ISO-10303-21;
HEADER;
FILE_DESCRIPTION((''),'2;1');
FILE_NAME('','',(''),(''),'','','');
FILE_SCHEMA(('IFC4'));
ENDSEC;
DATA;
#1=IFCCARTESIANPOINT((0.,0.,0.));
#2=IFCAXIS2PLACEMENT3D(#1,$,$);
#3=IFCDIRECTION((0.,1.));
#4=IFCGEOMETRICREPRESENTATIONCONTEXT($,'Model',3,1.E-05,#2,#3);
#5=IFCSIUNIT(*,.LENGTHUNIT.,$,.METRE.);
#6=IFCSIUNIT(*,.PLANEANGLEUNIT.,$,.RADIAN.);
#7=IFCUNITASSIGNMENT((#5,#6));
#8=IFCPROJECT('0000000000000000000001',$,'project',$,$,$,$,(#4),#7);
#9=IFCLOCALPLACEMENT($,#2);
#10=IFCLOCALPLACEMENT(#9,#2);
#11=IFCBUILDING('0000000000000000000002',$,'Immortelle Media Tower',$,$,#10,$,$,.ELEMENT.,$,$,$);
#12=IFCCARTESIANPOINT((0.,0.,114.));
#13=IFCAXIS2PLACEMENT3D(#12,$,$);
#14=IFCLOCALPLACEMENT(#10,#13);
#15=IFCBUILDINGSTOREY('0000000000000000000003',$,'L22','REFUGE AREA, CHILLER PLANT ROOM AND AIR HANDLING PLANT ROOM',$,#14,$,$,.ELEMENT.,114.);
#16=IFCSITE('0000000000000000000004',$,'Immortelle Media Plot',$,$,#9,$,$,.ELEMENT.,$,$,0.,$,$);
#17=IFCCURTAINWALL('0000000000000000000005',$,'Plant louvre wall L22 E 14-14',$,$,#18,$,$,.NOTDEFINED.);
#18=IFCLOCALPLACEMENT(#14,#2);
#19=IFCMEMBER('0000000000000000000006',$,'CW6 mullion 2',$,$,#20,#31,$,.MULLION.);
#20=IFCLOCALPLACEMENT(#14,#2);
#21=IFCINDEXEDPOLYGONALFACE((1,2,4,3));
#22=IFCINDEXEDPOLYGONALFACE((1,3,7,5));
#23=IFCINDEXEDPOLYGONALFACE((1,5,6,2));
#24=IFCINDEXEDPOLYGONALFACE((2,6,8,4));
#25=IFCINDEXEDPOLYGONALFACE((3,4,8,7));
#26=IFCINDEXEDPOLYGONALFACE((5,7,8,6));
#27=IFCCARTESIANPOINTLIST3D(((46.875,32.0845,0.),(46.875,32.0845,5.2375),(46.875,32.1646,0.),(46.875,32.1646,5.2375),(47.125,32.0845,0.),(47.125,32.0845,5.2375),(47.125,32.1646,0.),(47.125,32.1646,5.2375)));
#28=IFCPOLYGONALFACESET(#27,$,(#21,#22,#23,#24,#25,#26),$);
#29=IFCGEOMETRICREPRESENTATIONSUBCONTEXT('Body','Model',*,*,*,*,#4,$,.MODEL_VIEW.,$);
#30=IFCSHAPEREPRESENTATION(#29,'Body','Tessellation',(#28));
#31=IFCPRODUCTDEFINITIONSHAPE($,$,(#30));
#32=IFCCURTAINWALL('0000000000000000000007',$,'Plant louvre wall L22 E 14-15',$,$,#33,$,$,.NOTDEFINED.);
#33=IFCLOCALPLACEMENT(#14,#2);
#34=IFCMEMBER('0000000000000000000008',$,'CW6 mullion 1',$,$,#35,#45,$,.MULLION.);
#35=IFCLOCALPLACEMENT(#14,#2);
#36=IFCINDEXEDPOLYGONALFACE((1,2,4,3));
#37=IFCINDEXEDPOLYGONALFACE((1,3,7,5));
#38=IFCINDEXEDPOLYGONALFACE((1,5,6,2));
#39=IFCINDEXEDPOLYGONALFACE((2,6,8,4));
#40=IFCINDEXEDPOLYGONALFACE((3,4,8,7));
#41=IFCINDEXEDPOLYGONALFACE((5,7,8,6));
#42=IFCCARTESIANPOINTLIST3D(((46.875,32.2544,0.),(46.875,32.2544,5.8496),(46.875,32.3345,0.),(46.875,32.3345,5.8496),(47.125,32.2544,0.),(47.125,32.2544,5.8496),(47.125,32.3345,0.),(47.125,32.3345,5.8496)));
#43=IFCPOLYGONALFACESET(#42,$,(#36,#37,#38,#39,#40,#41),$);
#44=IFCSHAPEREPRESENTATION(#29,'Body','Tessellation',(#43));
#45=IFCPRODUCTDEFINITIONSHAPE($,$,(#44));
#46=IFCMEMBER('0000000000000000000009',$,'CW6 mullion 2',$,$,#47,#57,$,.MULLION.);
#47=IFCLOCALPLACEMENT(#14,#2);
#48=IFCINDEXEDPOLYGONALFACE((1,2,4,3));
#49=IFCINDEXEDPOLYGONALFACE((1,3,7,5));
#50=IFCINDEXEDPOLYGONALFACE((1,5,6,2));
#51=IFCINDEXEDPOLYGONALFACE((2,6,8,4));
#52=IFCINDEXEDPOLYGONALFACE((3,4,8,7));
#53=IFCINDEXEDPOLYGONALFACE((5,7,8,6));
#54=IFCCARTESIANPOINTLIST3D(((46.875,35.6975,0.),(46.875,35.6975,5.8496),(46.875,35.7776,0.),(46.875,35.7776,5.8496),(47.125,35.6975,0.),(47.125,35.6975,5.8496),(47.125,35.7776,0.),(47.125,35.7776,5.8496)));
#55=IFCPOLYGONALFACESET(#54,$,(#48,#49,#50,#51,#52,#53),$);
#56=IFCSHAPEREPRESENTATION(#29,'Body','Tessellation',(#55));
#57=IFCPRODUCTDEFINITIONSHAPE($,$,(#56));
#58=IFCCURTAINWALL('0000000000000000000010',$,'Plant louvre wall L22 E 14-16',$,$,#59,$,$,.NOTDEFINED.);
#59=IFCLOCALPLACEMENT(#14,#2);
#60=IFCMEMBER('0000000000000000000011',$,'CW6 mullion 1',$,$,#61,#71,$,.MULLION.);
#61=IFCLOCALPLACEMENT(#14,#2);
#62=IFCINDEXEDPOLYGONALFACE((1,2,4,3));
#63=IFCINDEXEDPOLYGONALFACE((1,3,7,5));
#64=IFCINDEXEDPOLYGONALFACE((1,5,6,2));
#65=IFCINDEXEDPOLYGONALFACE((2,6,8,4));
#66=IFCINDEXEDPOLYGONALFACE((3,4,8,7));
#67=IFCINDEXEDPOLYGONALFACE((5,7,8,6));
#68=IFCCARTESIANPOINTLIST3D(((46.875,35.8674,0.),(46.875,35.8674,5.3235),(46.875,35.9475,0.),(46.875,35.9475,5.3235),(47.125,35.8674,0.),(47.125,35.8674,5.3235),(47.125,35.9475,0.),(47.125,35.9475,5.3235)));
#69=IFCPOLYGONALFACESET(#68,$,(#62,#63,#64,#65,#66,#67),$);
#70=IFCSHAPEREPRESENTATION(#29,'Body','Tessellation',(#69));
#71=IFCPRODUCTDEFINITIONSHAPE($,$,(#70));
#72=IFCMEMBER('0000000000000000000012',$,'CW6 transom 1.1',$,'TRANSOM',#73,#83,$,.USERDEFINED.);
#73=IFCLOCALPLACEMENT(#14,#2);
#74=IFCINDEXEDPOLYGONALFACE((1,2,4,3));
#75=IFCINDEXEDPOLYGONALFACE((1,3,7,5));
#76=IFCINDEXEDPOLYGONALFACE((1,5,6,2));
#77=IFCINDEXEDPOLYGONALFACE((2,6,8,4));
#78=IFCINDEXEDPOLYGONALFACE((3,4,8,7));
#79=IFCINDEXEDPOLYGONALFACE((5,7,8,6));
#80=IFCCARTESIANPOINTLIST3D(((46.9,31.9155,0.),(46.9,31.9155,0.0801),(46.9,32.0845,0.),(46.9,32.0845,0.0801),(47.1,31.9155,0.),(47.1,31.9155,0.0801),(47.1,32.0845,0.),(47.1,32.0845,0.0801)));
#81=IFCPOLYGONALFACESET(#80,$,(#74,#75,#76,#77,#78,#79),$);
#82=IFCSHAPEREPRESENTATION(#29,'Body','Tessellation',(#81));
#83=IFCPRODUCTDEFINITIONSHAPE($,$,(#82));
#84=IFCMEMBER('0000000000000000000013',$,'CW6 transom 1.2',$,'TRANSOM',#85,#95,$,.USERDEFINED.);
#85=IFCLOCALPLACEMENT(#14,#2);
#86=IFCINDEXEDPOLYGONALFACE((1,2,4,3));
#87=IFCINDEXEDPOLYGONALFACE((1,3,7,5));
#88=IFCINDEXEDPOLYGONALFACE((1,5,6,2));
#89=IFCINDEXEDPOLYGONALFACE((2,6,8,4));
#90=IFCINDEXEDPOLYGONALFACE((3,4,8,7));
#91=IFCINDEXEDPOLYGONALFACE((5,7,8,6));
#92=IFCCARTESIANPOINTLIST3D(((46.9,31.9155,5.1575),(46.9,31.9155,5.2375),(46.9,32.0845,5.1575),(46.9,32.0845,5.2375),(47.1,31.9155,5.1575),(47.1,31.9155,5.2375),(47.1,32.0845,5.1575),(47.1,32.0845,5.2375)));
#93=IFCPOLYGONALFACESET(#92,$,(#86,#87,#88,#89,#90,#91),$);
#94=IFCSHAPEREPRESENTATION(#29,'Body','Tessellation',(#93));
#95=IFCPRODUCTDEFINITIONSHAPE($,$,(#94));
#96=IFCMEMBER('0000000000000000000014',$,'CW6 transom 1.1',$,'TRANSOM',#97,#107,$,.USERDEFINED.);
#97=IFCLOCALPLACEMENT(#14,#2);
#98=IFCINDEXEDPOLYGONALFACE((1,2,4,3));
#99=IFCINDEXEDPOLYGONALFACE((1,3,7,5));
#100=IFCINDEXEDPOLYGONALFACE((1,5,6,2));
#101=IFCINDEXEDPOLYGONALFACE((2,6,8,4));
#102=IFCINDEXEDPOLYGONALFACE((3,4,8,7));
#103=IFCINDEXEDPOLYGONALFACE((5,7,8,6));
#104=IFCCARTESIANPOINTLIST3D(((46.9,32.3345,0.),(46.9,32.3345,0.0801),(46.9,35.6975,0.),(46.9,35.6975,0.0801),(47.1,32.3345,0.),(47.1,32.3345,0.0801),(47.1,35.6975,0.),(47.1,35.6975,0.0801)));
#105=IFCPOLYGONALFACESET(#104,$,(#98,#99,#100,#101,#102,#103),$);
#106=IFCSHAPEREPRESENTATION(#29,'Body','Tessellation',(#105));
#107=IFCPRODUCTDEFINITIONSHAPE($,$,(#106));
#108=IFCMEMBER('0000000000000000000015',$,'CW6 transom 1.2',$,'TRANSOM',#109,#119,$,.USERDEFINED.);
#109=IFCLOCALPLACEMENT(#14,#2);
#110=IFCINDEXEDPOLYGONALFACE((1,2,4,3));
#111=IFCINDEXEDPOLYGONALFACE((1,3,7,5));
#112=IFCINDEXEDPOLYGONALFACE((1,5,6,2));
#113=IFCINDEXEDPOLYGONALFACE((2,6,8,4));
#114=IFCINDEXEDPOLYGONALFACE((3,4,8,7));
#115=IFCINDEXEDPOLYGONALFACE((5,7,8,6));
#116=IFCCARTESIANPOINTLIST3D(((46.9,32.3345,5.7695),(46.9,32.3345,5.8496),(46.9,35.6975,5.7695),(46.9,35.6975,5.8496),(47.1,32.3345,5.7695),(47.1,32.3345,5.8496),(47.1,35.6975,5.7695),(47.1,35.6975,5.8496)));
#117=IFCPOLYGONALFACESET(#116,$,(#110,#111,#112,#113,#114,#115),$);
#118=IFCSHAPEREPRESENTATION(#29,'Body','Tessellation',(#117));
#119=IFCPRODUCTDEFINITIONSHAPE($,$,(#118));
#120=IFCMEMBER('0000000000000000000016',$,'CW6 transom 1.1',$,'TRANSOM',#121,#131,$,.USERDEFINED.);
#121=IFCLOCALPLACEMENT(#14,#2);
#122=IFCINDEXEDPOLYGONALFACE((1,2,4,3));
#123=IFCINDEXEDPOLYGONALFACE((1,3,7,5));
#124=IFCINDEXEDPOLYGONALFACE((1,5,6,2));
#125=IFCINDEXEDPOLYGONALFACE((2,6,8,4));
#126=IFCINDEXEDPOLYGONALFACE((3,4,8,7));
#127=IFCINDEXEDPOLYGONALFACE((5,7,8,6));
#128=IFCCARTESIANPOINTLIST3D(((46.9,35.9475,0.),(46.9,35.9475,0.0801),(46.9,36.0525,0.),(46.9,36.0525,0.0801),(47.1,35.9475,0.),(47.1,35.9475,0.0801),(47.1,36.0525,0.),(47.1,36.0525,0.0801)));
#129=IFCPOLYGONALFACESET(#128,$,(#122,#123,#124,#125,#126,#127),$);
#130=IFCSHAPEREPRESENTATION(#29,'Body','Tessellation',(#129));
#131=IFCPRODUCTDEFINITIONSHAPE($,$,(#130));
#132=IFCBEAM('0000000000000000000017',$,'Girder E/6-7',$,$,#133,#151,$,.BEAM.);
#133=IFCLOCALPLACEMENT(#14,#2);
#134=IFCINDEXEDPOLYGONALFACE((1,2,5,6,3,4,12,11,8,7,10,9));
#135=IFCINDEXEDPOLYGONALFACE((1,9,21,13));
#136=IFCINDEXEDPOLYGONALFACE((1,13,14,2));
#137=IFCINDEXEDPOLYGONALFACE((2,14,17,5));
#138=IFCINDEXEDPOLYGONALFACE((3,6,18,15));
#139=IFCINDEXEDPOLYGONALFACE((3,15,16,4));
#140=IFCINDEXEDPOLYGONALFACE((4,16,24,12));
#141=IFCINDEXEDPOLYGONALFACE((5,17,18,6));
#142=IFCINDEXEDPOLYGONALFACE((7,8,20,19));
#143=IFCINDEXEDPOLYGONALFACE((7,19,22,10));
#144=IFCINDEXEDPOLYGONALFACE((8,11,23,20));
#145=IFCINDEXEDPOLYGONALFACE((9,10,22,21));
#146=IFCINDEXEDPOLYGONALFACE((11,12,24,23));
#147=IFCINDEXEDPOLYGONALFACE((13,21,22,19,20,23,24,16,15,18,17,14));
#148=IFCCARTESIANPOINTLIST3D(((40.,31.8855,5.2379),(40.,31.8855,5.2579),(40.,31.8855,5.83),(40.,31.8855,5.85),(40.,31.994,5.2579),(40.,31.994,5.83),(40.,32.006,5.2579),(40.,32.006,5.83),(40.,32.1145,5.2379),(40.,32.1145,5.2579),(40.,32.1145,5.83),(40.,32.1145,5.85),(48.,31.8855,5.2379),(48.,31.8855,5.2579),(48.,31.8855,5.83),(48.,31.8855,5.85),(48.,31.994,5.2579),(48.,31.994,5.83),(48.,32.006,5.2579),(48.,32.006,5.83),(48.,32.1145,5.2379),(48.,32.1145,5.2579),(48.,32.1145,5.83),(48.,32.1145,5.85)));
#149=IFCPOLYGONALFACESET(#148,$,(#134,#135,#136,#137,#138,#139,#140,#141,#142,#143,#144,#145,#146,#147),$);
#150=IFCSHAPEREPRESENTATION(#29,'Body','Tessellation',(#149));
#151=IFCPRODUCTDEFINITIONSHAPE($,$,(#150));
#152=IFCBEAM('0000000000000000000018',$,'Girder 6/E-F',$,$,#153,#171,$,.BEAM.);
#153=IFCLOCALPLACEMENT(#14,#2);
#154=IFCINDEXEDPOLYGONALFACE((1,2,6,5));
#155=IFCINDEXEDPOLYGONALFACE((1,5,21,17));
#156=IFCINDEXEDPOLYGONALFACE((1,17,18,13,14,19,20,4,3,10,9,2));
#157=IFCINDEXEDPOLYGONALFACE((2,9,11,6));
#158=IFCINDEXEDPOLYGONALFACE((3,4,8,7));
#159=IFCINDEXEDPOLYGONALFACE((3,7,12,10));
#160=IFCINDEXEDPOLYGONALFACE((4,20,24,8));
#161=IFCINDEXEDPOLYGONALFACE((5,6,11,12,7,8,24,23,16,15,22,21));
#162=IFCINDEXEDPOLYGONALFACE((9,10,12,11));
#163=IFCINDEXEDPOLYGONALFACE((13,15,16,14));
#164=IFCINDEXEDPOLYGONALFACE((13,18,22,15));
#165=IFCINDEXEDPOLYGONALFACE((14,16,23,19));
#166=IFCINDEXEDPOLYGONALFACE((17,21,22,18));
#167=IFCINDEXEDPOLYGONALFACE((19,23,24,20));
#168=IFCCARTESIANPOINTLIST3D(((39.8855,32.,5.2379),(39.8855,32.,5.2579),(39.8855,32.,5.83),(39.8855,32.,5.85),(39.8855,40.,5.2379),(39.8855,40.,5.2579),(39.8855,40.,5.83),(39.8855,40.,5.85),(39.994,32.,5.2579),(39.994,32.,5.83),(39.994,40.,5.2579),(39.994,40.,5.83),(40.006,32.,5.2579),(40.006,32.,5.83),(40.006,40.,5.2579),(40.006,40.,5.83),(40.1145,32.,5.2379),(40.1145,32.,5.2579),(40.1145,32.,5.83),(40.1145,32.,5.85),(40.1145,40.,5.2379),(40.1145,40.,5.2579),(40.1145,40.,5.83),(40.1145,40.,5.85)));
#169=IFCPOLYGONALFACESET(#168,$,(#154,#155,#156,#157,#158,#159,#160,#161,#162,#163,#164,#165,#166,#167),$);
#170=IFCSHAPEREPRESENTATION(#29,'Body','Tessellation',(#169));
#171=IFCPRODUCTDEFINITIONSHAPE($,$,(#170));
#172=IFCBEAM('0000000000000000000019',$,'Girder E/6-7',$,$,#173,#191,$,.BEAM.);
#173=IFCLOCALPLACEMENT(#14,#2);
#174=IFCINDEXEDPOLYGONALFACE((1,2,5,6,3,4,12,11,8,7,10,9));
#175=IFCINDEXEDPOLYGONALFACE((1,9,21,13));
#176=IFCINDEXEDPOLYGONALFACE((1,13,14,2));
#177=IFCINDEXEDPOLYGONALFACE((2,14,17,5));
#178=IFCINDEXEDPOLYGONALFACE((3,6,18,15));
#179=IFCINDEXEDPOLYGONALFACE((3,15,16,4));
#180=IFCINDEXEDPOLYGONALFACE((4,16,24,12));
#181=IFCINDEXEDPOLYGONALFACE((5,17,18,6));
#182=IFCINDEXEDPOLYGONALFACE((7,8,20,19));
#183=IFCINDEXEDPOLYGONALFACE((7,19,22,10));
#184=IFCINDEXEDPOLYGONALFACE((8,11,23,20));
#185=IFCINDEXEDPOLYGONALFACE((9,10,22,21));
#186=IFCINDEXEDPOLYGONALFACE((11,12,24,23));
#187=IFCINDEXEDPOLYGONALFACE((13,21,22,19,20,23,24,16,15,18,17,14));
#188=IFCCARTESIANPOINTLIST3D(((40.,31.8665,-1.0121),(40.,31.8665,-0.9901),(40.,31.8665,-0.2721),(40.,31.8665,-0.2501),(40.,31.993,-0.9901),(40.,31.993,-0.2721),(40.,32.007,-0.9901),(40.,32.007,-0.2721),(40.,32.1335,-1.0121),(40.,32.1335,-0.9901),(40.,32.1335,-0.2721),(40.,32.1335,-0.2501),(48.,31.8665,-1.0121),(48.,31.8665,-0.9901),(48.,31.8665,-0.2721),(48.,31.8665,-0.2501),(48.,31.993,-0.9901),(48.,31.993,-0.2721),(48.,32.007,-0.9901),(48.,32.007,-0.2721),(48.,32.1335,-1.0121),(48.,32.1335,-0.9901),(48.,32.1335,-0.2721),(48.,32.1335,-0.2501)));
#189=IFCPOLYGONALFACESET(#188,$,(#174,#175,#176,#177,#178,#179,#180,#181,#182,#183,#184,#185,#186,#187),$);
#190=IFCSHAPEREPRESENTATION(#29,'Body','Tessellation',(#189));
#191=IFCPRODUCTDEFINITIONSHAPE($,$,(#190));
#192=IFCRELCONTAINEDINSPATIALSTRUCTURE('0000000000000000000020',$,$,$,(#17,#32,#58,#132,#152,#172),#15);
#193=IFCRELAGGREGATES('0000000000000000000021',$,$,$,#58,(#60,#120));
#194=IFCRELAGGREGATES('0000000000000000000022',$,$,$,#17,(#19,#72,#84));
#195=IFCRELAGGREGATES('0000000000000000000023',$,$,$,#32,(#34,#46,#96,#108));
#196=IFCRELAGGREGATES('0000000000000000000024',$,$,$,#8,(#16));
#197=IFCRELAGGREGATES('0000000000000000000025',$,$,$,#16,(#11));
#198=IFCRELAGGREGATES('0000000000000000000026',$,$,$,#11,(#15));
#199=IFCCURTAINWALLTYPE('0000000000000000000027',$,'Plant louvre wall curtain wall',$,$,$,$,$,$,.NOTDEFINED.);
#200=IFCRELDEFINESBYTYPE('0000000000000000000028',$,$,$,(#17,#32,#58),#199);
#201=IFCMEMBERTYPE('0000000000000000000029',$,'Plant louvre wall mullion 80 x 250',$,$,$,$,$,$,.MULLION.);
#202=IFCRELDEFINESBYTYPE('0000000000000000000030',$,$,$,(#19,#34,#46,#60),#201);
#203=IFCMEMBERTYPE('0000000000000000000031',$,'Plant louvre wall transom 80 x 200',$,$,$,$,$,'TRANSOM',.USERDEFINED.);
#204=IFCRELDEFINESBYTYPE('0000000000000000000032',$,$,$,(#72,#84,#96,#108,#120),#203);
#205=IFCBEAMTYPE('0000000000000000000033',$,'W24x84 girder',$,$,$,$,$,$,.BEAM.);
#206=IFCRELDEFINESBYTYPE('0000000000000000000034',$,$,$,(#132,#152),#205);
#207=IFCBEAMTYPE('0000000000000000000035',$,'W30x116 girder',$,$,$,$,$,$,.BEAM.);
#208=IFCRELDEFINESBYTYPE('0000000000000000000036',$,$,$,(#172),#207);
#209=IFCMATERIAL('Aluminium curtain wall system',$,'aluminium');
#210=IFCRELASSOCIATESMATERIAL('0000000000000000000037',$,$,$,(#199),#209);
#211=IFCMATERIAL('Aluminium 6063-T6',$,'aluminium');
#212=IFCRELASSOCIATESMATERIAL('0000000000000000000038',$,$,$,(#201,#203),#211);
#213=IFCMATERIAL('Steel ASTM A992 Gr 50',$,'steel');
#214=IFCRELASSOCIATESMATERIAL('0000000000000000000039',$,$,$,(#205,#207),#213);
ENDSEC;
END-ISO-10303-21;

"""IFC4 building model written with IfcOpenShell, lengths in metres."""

from ifc_helpers import new_model, si_unit, direction, frame, origin, origin_2d, place, context, subcontext, project, spatial, rectangle, i_section, extrude, material, material_profile, profile_set, type_object, element, aggregate, save


model = new_model("IFC4")

# Units and contexts
model_context = context("Model", 3, precision=1e-05, world=origin(), true_north=direction((0.0, 1.0)))
body_context = subcontext(model_context, "Body", "Model", "MODEL_VIEW")
ifc_project = project(units=[si_unit("LENGTHUNIT", "METRE"), si_unit("PLANEANGLEUNIT", "RADIAN")], contexts=[model_context])

# Site, building, storey
site_placement = place(None, origin())
site = spatial("IfcSite", under=ifc_project, at=site_placement, Name="Immortelle Media Plot", CompositionType="ELEMENT", RefElevation=0.0)
building_placement = place(site_placement, origin())
building = spatial("IfcBuilding", under=site, at=building_placement, Name="Immortelle Media Tower", CompositionType="ELEMENT")
storey_placement = place(building_placement, frame((0.0, 0.0, 114.0)))
storey = spatial("IfcBuildingStorey", under=building, at=storey_placement, Name="L22", Description="REFUGE AREA, CHILLER PLANT ROOM AND AIR HANDLING PLANT ROOM", CompositionType="ELEMENT", Elevation=114.0)

# Shared definitions
ifc_material_1 = material(Name="Steel ASTM A992 Gr 50", Category="steel")

# Shared definitions
ifc_material_2 = material(Name="Aluminium curtain wall system", Category="aluminium")
curtain_wall_type = type_object("IfcCurtainWallType", Name="Plant louvre wall curtain wall", PredefinedType="NOTDEFINED", material=ifc_material_2)
ifc_material_3 = material(Name="Aluminium 6063-T6", Category="aluminium")
ifc_material_profile_1 = material_profile(ifc_material_3, rectangle(XDim=0.25, YDim=0.0801, at=origin_2d()), Name="AL 80x250")
ifc_profile_set_1 = profile_set([ifc_material_profile_1], Name="Aluminium 6063-T6")
member_type_1 = type_object("IfcMemberType", Name="Plant louvre wall mullion 80 x 250", PredefinedType="MULLION", material=ifc_profile_set_1)

# Curtain walls, members
curtain_wall_1_placement = place(storey_placement, origin())
curtain_wall_1 = element("IfcCurtainWall", 1, at=curtain_wall_1_placement, inside=storey, type_object=curtain_wall_type, Name="Plant louvre wall L22 E 14-14", PredefinedType="NOTDEFINED")
member_1_placement = place(storey_placement, frame((47.0, 32.1245, 0.0), z_axis=(0.0, 0.0, 1.0), x_axis=(-1.0, 0.0, 0.0)))
member_1 = element("IfcMember", 2, at=member_1_placement, type_object=member_type_1, Name="CW6 mullion 2", PredefinedType="MULLION", context=body_context, shape_type="SweptSolid", body=[
    extrude(rectangle(XDim=0.25, YDim=0.0801, at=origin_2d()), origin(), (0.0, 0.0, 1.0), 5.2375),
])
curtain_wall_2_placement = place(storey_placement, origin())
curtain_wall_2 = element("IfcCurtainWall", 3, at=curtain_wall_2_placement, inside=storey, type_object=curtain_wall_type, Name="Plant louvre wall L22 E 14-15", PredefinedType="NOTDEFINED")
member_2_placement = place(storey_placement, frame((47.0, 32.2944, 0.0), z_axis=(0.0, 0.0, 1.0), x_axis=(-1.0, 0.0, 0.0)))
member_2 = element("IfcMember", 4, at=member_2_placement, type_object=member_type_1, Name="CW6 mullion 1", PredefinedType="MULLION", context=body_context, shape_type="SweptSolid", body=[
    extrude(rectangle(XDim=0.25, YDim=0.0801, at=origin_2d()), origin(), (0.0, 0.0, 1.0), 5.8496),
])
member_3_placement = place(storey_placement, frame((47.0, 35.7375, 0.0), z_axis=(0.0, 0.0, 1.0), x_axis=(-1.0, 0.0, 0.0)))
member_3 = element("IfcMember", 5, at=member_3_placement, type_object=member_type_1, Name="CW6 mullion 2", PredefinedType="MULLION", context=body_context, shape_type="SweptSolid", body=[
    extrude(rectangle(XDim=0.25, YDim=0.0801, at=origin_2d()), origin(), (0.0, 0.0, 1.0), 5.8496),
])

# Curtain wall, member
curtain_wall_3_placement = place(storey_placement, origin())
curtain_wall_3 = element("IfcCurtainWall", 6, at=curtain_wall_3_placement, inside=storey, type_object=curtain_wall_type, Name="Plant louvre wall L22 E 14-16", PredefinedType="NOTDEFINED")
member_4_placement = place(storey_placement, frame((47.0, 35.9075, 0.0), z_axis=(0.0, 0.0, 1.0), x_axis=(-1.0, 0.0, 0.0)))
member_4 = element("IfcMember", 7, at=member_4_placement, type_object=member_type_1, Name="CW6 mullion 1", PredefinedType="MULLION", context=body_context, shape_type="SweptSolid", body=[
    extrude(rectangle(XDim=0.25, YDim=0.0801, at=origin_2d()), origin(), (0.0, 0.0, 1.0), 5.3235),
])

# Members
ifc_material_profile_2 = material_profile(ifc_material_3, rectangle(XDim=0.2, YDim=0.0801, at=origin_2d()), Name="AL 80x200")
ifc_profile_set_2 = profile_set([ifc_material_profile_2], Name="Aluminium 6063-T6")
member_type_2 = type_object("IfcMemberType", Name="Plant louvre wall transom 80 x 200", ElementType="TRANSOM", PredefinedType="USERDEFINED", material=ifc_profile_set_2)
member_5_placement = place(storey_placement, frame((47.0, 31.9155, 0.04), z_axis=(0.0, 1.0, 0.0), x_axis=(-1.0, 0.0, 0.0)))
member_5 = element("IfcMember", 8, at=member_5_placement, type_object=member_type_2, Name="CW6 transom 1.1", ObjectType="TRANSOM", PredefinedType="USERDEFINED", context=body_context, shape_type="SweptSolid", body=[
    extrude(rectangle(XDim=0.2, YDim=0.0801, at=origin_2d()), origin(), (0.0, 0.0, 1.0), 0.1689),
])
member_6_placement = place(storey_placement, frame((47.0, 31.9155, 5.1975), z_axis=(0.0, 1.0, 0.0), x_axis=(-1.0, 0.0, 0.0)))
member_6 = element("IfcMember", 9, at=member_6_placement, type_object=member_type_2, Name="CW6 transom 1.2", ObjectType="TRANSOM", PredefinedType="USERDEFINED", context=body_context, shape_type="SweptSolid", body=[
    extrude(rectangle(XDim=0.2, YDim=0.0801, at=origin_2d()), origin(), (0.0, 0.0, 1.0), 0.1689),
])
member_7_placement = place(storey_placement, frame((47.0, 32.3345, 0.04), z_axis=(0.0, 1.0, 0.0), x_axis=(-1.0, 0.0, 0.0)))
member_7 = element("IfcMember", 10, at=member_7_placement, type_object=member_type_2, Name="CW6 transom 1.1", ObjectType="TRANSOM", PredefinedType="USERDEFINED", context=body_context, shape_type="SweptSolid", body=[
    extrude(rectangle(XDim=0.2, YDim=0.0801, at=origin_2d()), origin(), (0.0, 0.0, 1.0), 3.363),
])
member_8_placement = place(storey_placement, frame((47.0, 32.3345, 5.8096), z_axis=(0.0, 1.0, 0.0), x_axis=(-1.0, 0.0, 0.0)))
member_8 = element("IfcMember", 11, at=member_8_placement, type_object=member_type_2, Name="CW6 transom 1.2", ObjectType="TRANSOM", PredefinedType="USERDEFINED", context=body_context, shape_type="SweptSolid", body=[
    extrude(rectangle(XDim=0.2, YDim=0.0801, at=origin_2d()), origin(), (0.0, 0.0, 1.0), 3.363),
])
member_9_placement = place(storey_placement, frame((47.0, 35.9475, 0.04), z_axis=(0.0, 1.0, 0.0), x_axis=(-1.0, 0.0, 0.0)))
member_9 = element("IfcMember", 12, at=member_9_placement, type_object=member_type_2, Name="CW6 transom 1.1", ObjectType="TRANSOM", PredefinedType="USERDEFINED", context=body_context, shape_type="SweptSolid", body=[
    extrude(rectangle(XDim=0.2, YDim=0.0801, at=origin_2d()), origin(), (0.0, 0.0, 1.0), 0.105),
])
aggregate(curtain_wall_3, [member_4, member_9])

# Beams
ifc_material_profile_3 = material_profile(ifc_material_1, i_section(OverallWidth=0.229, OverallDepth=0.6121, WebThickness=0.012, FlangeThickness=0.02, at=origin_2d()), Name="W24x84")
ifc_profile_set_3 = profile_set([ifc_material_profile_3], Name="Steel ASTM A992 Gr 50")
beam_type_1 = type_object("IfcBeamType", Name="W24x84 girder", PredefinedType="BEAM", material=ifc_profile_set_3)
for number, where, z_axis, x_axis, name in (
    (13, (40.0, 32.0, 5.5439), (1.0, 0.0, 0.0), (0.0, 1.0, 0.0), "Girder E/6-7"),
    (14, (40.0, 32.0, 5.5439), (0.0, 1.0, 0.0), (-1.0, 0.0, 0.0), "Girder 6/E-F"),
):
    element("IfcBeam", number, at=place(storey_placement, frame(where, z_axis=z_axis, x_axis=x_axis)), inside=storey, type_object=beam_type_1, Name=name, PredefinedType="BEAM", context=body_context, shape_type="SweptSolid", body=[
        extrude(i_section(OverallWidth=0.229, OverallDepth=0.6121, WebThickness=0.012, FlangeThickness=0.02, at=origin_2d()), origin(), (0.0, 0.0, 1.0), 8.0),
    ])
ifc_material_profile_4 = material_profile(ifc_material_1, i_section(OverallWidth=0.2671, OverallDepth=0.762, WebThickness=0.0139, FlangeThickness=0.022, at=origin_2d()), Name="W30x116")
ifc_profile_set_4 = profile_set([ifc_material_profile_4], Name="Steel ASTM A992 Gr 50")
beam_type_2 = type_object("IfcBeamType", Name="W30x116 girder", PredefinedType="BEAM", material=ifc_profile_set_4)
for number, where, z_axis, x_axis, name in (
    (15, (40.0, 32.0, -0.6311), (1.0, 0.0, 0.0), (0.0, 1.0, 0.0), "Girder E/6-7"),
):
    element("IfcBeam", number, at=place(storey_placement, frame(where, z_axis=z_axis, x_axis=x_axis)), inside=storey, type_object=beam_type_2, Name=name, PredefinedType="BEAM", context=body_context, shape_type="SweptSolid", body=[
        extrude(i_section(OverallWidth=0.2671, OverallDepth=0.762, WebThickness=0.0139, FlangeThickness=0.022, at=origin_2d()), origin(), (0.0, 0.0, 1.0), 8.0),
    ])

aggregate(curtain_wall_1, [member_1, member_5, member_6])
aggregate(curtain_wall_2, [member_2, member_3, member_7, member_8])

save(model, "model.ifc")
